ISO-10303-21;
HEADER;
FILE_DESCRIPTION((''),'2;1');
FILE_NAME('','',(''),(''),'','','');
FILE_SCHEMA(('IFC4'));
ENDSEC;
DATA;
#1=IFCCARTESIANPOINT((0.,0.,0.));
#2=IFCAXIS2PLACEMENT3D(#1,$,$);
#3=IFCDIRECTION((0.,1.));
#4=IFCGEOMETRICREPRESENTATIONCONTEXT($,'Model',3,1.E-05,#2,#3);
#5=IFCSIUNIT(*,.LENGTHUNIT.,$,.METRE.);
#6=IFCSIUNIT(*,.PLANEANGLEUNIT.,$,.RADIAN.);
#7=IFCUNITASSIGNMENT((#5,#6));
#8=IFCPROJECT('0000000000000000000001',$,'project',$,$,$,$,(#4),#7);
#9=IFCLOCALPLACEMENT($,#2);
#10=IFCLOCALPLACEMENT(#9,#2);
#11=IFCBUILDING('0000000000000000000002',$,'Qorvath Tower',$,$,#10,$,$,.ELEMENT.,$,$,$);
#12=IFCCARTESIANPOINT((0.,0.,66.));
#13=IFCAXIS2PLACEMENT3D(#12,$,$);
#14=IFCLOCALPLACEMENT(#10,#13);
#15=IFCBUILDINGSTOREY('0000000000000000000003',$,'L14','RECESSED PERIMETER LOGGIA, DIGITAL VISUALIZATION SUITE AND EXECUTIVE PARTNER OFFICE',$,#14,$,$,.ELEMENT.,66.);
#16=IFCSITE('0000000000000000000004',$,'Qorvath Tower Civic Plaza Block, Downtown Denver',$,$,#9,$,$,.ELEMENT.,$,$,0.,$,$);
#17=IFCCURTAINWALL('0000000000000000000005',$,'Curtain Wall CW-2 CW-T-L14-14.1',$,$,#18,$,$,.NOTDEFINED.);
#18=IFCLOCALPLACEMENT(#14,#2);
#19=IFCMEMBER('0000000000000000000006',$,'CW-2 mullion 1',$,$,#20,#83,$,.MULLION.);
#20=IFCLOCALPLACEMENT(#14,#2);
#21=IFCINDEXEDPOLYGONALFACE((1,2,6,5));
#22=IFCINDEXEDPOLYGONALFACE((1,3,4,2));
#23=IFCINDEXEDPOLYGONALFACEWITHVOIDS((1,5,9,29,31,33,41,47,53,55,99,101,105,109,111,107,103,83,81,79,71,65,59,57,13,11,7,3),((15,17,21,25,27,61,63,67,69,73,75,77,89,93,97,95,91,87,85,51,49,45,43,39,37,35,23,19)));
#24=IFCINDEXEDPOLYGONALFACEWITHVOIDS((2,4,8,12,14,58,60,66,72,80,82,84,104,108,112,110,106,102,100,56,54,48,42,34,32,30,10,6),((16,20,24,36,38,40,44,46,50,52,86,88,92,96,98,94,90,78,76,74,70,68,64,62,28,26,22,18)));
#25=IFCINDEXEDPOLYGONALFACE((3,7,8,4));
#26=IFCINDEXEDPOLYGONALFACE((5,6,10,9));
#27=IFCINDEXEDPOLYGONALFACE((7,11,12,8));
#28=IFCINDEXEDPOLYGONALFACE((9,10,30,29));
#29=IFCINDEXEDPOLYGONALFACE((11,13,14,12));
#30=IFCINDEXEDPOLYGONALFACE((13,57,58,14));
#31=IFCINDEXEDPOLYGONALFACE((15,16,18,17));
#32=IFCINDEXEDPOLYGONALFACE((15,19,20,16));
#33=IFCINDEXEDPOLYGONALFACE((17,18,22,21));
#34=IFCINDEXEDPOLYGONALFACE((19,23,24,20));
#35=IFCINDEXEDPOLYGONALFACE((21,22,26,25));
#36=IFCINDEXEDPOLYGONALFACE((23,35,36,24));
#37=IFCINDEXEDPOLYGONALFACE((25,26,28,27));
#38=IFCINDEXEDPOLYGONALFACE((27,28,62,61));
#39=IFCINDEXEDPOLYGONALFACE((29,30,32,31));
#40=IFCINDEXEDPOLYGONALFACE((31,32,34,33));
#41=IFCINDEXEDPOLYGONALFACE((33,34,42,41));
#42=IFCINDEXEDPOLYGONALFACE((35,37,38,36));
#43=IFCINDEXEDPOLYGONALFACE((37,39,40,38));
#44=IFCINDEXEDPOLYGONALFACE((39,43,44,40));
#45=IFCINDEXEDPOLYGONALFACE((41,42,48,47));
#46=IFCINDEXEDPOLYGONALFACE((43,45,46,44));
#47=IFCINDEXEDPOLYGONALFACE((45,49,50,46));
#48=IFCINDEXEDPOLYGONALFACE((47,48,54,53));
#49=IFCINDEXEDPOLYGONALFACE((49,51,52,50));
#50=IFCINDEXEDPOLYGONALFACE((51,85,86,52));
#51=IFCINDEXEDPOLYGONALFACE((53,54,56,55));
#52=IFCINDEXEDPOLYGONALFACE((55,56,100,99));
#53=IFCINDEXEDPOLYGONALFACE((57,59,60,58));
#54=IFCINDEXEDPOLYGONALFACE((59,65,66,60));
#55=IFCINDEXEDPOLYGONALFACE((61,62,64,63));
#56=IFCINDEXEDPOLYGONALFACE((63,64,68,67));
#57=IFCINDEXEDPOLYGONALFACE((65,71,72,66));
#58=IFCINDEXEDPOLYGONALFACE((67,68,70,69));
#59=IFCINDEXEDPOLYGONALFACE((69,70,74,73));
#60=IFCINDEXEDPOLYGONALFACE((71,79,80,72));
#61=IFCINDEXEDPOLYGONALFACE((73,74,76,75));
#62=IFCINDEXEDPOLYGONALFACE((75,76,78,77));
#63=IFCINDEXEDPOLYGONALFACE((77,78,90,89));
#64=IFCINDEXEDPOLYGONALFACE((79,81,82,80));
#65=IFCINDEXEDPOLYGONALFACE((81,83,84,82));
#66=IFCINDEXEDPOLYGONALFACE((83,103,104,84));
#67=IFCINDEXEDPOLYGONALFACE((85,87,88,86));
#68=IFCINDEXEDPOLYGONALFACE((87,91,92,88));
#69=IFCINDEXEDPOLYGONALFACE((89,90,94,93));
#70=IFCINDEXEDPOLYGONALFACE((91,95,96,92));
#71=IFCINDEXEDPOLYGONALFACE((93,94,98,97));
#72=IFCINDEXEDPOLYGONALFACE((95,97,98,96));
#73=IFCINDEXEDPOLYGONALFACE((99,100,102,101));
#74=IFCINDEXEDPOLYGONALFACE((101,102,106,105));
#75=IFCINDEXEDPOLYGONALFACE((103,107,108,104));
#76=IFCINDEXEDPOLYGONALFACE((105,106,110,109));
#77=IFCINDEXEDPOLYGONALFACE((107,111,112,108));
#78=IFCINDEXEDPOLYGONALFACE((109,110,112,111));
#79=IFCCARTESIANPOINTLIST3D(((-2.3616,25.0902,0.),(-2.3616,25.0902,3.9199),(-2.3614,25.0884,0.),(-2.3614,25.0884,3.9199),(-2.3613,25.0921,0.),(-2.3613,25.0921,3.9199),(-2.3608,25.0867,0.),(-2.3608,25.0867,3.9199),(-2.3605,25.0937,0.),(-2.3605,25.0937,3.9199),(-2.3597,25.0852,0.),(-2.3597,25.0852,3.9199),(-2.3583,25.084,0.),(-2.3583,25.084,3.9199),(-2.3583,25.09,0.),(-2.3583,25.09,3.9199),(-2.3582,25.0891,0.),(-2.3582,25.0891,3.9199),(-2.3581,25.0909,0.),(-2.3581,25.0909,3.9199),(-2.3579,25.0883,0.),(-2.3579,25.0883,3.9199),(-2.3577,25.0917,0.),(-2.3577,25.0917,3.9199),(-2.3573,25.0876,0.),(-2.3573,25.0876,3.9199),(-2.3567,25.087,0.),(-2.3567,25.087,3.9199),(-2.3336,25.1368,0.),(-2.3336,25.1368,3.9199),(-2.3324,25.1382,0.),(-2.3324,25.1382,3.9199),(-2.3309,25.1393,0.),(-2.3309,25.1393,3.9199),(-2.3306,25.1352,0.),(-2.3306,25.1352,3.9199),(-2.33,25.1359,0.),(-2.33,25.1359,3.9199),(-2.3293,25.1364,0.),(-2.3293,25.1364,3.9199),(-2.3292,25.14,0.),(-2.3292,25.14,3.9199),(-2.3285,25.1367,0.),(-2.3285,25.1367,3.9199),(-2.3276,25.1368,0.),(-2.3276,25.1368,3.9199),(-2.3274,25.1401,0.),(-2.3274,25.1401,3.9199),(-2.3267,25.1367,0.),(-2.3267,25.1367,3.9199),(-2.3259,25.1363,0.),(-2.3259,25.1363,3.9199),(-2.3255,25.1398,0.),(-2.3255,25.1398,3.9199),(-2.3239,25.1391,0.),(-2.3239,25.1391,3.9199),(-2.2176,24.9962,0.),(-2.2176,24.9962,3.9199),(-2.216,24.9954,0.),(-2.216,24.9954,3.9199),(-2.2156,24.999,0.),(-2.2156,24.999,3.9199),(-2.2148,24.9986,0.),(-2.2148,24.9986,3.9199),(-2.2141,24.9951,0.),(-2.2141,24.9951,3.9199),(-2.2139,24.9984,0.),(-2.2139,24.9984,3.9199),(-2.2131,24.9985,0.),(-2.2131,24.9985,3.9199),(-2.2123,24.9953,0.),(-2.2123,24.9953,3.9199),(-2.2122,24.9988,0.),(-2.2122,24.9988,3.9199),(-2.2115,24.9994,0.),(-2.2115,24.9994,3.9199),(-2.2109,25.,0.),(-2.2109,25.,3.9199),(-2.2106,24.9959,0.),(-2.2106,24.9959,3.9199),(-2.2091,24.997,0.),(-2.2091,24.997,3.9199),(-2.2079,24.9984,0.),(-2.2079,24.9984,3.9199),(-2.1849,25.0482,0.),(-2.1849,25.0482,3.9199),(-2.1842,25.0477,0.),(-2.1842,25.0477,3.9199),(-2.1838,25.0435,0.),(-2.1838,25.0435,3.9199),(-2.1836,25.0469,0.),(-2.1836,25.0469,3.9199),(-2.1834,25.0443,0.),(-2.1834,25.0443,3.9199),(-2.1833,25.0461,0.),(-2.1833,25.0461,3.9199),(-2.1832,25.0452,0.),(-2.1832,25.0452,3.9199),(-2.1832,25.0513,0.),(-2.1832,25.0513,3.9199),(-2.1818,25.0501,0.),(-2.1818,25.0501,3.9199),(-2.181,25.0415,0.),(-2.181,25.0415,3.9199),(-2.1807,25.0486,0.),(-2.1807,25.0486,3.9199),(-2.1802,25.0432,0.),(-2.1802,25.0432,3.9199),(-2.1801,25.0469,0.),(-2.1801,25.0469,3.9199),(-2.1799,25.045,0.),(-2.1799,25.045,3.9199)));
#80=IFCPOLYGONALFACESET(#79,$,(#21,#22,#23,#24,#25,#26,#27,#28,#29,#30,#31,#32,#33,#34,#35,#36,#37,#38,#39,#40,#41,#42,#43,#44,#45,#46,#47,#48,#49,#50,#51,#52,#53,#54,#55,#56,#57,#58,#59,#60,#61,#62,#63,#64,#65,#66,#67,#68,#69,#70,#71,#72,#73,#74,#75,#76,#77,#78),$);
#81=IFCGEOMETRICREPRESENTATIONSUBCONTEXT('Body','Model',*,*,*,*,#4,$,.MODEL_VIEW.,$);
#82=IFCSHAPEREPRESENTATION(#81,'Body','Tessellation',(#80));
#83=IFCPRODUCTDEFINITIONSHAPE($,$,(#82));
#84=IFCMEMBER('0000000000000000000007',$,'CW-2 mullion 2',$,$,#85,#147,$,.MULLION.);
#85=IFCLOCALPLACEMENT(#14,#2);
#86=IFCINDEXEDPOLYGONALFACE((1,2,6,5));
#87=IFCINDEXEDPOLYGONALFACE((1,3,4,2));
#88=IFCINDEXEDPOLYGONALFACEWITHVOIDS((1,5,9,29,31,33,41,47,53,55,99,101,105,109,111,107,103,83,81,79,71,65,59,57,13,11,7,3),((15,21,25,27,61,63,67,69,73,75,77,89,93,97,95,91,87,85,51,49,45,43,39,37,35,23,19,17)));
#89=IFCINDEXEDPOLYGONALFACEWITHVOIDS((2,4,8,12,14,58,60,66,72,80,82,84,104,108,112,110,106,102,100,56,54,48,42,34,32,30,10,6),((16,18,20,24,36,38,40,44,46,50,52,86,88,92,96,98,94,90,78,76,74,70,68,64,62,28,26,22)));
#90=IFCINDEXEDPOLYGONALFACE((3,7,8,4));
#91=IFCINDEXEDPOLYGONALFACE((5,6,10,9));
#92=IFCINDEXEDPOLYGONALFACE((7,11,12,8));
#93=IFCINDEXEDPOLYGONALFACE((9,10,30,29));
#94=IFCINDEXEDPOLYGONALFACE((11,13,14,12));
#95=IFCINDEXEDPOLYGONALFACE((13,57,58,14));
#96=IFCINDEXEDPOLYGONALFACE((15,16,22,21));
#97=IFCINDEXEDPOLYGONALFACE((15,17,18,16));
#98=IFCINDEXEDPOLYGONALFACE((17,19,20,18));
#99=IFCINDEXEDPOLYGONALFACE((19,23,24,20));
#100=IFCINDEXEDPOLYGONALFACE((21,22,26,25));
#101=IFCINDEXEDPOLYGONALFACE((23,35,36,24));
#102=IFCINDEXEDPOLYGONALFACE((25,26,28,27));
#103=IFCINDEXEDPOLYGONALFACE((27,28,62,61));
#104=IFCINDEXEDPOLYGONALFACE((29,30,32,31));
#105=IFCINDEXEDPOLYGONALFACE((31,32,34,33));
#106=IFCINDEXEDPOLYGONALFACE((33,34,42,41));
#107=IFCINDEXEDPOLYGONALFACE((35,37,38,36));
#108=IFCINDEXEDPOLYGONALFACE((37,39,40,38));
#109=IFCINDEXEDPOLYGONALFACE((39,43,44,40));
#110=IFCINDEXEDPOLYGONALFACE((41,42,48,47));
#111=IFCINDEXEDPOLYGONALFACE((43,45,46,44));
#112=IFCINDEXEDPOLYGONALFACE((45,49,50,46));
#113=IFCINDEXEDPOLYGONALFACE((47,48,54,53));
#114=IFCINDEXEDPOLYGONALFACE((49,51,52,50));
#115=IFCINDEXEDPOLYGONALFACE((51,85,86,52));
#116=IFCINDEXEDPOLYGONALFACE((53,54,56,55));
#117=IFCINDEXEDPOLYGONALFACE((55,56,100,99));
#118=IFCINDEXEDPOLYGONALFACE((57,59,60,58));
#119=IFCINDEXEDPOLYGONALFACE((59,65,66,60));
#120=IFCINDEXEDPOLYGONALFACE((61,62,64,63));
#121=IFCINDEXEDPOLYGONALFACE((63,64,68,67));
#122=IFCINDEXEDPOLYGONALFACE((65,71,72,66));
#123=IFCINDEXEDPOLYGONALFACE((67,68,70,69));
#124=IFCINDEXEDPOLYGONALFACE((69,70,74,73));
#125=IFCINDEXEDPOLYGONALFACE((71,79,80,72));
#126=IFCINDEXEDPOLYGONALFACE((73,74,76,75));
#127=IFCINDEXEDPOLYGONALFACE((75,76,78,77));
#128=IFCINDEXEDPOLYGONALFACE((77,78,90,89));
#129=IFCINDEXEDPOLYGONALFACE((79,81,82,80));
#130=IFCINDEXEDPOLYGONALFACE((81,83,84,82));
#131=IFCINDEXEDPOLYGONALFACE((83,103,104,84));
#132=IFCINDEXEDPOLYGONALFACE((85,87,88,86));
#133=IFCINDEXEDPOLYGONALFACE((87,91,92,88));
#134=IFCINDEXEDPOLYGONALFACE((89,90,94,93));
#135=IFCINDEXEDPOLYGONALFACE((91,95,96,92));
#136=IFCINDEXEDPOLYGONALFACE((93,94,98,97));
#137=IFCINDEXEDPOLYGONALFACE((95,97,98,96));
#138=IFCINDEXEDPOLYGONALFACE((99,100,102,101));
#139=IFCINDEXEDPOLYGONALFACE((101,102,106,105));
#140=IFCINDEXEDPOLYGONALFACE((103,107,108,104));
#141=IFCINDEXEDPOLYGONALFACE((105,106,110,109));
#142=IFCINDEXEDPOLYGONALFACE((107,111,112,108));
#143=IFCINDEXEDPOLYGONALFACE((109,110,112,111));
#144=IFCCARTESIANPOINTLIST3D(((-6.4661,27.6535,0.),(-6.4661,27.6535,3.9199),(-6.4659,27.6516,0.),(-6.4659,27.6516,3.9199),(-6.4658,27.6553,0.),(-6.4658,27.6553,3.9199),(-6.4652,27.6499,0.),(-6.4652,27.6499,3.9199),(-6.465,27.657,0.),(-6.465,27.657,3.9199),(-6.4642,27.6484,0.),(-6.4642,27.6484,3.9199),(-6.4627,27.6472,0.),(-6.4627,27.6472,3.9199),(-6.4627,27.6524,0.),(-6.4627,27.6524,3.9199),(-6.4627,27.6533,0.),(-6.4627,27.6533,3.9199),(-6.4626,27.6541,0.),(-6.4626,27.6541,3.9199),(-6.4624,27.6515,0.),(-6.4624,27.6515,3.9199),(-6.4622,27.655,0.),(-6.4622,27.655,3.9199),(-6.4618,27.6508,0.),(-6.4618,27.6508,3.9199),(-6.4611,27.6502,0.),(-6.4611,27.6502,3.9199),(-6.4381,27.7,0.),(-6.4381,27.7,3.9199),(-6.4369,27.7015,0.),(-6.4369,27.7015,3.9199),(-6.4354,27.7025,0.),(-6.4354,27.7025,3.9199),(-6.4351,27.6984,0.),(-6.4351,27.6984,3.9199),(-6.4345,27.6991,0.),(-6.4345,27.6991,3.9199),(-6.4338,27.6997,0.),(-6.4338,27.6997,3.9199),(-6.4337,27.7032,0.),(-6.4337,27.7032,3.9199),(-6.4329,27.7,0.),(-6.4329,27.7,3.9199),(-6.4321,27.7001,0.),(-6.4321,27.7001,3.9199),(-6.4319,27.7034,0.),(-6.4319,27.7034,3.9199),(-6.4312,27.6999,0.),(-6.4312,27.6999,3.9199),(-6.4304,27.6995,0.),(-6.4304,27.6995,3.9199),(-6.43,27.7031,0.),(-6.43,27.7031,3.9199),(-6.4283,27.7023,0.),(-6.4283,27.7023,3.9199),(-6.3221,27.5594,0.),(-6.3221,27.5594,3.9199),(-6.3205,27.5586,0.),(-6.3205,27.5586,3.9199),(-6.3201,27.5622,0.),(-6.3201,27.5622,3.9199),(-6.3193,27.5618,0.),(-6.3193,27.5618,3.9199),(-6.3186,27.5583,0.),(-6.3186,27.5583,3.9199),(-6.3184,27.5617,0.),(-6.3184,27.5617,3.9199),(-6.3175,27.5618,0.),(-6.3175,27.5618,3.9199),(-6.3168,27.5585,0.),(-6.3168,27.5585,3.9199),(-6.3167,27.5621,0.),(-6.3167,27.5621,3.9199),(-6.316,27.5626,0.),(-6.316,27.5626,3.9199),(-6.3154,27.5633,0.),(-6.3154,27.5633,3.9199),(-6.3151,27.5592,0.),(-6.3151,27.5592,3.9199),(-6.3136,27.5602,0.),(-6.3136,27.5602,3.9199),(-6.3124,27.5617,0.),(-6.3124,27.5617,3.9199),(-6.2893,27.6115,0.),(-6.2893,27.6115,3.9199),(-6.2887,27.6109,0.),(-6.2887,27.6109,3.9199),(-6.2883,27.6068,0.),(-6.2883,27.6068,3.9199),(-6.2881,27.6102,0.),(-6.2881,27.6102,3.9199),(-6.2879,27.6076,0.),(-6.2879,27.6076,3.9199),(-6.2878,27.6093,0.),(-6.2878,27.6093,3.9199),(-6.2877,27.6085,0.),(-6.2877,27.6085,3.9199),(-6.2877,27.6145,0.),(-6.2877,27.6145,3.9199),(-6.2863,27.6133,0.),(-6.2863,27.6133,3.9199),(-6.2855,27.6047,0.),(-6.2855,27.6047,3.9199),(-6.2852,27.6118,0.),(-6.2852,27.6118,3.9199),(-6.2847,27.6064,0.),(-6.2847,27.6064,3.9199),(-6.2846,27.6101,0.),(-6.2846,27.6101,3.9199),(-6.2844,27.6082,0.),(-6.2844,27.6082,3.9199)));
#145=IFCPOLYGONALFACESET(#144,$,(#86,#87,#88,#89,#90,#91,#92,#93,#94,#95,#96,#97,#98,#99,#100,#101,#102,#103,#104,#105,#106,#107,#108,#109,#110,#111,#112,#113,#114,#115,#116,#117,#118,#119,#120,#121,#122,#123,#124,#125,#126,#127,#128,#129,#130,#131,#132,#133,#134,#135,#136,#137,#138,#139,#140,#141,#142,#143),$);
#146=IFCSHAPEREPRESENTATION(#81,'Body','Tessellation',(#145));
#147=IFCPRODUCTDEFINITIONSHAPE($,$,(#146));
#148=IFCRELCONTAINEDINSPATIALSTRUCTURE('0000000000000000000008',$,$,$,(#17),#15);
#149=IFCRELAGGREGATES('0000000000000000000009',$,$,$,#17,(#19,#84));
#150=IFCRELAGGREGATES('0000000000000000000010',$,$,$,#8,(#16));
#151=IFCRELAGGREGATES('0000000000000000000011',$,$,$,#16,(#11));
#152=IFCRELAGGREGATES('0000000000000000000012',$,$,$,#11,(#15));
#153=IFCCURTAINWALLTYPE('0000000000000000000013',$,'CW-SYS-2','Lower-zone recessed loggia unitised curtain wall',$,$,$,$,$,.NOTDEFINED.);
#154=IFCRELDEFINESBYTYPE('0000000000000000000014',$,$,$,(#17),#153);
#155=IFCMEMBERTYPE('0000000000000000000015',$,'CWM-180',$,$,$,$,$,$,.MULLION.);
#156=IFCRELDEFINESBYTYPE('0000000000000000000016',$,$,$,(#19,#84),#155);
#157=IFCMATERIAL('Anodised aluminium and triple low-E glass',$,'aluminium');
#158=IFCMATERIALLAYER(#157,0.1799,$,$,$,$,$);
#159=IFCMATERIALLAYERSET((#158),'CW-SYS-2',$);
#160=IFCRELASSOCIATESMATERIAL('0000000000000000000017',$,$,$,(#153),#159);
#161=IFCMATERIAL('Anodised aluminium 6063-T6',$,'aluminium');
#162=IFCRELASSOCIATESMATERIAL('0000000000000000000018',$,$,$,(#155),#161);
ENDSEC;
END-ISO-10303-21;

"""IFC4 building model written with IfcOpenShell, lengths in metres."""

from ifc_helpers import new_model, si_unit, direction, frame, origin, origin_2d, place, context, subcontext, project, spatial, hollow_rectangle, extrude, material, layer, layer_set, material_profile, profile_set, type_object, element, aggregate, save


model = new_model("IFC4")

# Units and contexts
model_context = context("Model", 3, precision=1e-05, world=origin(), true_north=direction((0.0, 1.0)))
body_context = subcontext(model_context, "Body", "Model", "MODEL_VIEW")
ifc_project = project(units=[si_unit("LENGTHUNIT", "METRE"), si_unit("PLANEANGLEUNIT", "RADIAN")], contexts=[model_context])

# Site, building, storey
site_placement = place(None, origin())
site = spatial("IfcSite", under=ifc_project, at=site_placement, Name="Qorvath Tower Civic Plaza Block, Downtown Denver", CompositionType="ELEMENT", RefElevation=0.0)
building_placement = place(site_placement, origin())
building = spatial("IfcBuilding", under=site, at=building_placement, Name="Qorvath Tower", CompositionType="ELEMENT")
storey_placement = place(building_placement, frame((0.0, 0.0, 66.0)))
storey = spatial("IfcBuildingStorey", under=building, at=storey_placement, Name="L14", Description="RECESSED PERIMETER LOGGIA, DIGITAL VISUALIZATION SUITE AND EXECUTIVE PARTNER OFFICE", CompositionType="ELEMENT", Elevation=66.0)

# Shared definitions
ifc_material_1 = material(Name="Anodised aluminium and triple low-E glass", Category="aluminium")
ifc_layer_1 = layer(ifc_material_1, 0.1799)
ifc_layer_set_1 = layer_set([ifc_layer_1], Name="CW-SYS-2")
curtain_wall_type = type_object("IfcCurtainWallType", Name="CW-SYS-2", Description="Lower-zone recessed loggia unitised curtain wall", PredefinedType="NOTDEFINED", material=ifc_layer_set_1)
ifc_material_2 = material(Name="Anodised aluminium 6063-T6", Category="aluminium")
ifc_material_profile_1 = material_profile(ifc_material_2, hollow_rectangle(XDim=0.0649, YDim=0.1799, WallThickness=0.0034, InnerFilletRadius=0.0034, OuterFilletRadius=0.0071, at=origin_2d()), Name="CWM 180x65")
ifc_profile_set_1 = profile_set([ifc_material_profile_1], Name="Anodised aluminium 6063-T6")
member_type_1 = type_object("IfcMemberType", Name="CWM-180", PredefinedType="MULLION", material=ifc_profile_set_1)

# Curtain wall, members
curtain_wall_1_placement = place(storey_placement, origin())
curtain_wall_1 = element("IfcCurtainWall", 1, at=curtain_wall_1_placement, inside=storey, type_object=curtain_wall_type, Name="Curtain Wall CW-2 CW-T-L14-14.1", PredefinedType="NOTDEFINED")
member_1_placement = place(storey_placement, frame((-2.2708, 25.0676, 0.0), z_axis=(0.0, 0.0, 1.0), x_axis=(-0.529686, -0.848194, 0.0)))
member_1 = element("IfcMember", 2, at=member_1_placement, type_object=member_type_1, Name="CW-2 mullion 1", PredefinedType="MULLION", context=body_context, shape_type="SweptSolid", body=[
    extrude(hollow_rectangle(XDim=0.0649, YDim=0.1799, WallThickness=0.0034, InnerFilletRadius=0.0034, OuterFilletRadius=0.0071, at=origin_2d()), origin(), (0.0, 0.0, 1.0), 3.9199),
])
member_2_placement = place(storey_placement, frame((-6.3752, 27.6309, 0.0), z_axis=(0.0, 0.0, 1.0), x_axis=(-0.529686, -0.848194, 0.0)))
member_2 = element("IfcMember", 3, at=member_2_placement, type_object=member_type_1, Name="CW-2 mullion 2", PredefinedType="MULLION", context=body_context, shape_type="SweptSolid", body=[
    extrude(hollow_rectangle(XDim=0.0649, YDim=0.1799, WallThickness=0.0034, InnerFilletRadius=0.0034, OuterFilletRadius=0.0071, at=origin_2d()), origin(), (0.0, 0.0, 1.0), 3.9199),
])

aggregate(curtain_wall_1, [member_1, member_2])

save(model, "model.ifc")
